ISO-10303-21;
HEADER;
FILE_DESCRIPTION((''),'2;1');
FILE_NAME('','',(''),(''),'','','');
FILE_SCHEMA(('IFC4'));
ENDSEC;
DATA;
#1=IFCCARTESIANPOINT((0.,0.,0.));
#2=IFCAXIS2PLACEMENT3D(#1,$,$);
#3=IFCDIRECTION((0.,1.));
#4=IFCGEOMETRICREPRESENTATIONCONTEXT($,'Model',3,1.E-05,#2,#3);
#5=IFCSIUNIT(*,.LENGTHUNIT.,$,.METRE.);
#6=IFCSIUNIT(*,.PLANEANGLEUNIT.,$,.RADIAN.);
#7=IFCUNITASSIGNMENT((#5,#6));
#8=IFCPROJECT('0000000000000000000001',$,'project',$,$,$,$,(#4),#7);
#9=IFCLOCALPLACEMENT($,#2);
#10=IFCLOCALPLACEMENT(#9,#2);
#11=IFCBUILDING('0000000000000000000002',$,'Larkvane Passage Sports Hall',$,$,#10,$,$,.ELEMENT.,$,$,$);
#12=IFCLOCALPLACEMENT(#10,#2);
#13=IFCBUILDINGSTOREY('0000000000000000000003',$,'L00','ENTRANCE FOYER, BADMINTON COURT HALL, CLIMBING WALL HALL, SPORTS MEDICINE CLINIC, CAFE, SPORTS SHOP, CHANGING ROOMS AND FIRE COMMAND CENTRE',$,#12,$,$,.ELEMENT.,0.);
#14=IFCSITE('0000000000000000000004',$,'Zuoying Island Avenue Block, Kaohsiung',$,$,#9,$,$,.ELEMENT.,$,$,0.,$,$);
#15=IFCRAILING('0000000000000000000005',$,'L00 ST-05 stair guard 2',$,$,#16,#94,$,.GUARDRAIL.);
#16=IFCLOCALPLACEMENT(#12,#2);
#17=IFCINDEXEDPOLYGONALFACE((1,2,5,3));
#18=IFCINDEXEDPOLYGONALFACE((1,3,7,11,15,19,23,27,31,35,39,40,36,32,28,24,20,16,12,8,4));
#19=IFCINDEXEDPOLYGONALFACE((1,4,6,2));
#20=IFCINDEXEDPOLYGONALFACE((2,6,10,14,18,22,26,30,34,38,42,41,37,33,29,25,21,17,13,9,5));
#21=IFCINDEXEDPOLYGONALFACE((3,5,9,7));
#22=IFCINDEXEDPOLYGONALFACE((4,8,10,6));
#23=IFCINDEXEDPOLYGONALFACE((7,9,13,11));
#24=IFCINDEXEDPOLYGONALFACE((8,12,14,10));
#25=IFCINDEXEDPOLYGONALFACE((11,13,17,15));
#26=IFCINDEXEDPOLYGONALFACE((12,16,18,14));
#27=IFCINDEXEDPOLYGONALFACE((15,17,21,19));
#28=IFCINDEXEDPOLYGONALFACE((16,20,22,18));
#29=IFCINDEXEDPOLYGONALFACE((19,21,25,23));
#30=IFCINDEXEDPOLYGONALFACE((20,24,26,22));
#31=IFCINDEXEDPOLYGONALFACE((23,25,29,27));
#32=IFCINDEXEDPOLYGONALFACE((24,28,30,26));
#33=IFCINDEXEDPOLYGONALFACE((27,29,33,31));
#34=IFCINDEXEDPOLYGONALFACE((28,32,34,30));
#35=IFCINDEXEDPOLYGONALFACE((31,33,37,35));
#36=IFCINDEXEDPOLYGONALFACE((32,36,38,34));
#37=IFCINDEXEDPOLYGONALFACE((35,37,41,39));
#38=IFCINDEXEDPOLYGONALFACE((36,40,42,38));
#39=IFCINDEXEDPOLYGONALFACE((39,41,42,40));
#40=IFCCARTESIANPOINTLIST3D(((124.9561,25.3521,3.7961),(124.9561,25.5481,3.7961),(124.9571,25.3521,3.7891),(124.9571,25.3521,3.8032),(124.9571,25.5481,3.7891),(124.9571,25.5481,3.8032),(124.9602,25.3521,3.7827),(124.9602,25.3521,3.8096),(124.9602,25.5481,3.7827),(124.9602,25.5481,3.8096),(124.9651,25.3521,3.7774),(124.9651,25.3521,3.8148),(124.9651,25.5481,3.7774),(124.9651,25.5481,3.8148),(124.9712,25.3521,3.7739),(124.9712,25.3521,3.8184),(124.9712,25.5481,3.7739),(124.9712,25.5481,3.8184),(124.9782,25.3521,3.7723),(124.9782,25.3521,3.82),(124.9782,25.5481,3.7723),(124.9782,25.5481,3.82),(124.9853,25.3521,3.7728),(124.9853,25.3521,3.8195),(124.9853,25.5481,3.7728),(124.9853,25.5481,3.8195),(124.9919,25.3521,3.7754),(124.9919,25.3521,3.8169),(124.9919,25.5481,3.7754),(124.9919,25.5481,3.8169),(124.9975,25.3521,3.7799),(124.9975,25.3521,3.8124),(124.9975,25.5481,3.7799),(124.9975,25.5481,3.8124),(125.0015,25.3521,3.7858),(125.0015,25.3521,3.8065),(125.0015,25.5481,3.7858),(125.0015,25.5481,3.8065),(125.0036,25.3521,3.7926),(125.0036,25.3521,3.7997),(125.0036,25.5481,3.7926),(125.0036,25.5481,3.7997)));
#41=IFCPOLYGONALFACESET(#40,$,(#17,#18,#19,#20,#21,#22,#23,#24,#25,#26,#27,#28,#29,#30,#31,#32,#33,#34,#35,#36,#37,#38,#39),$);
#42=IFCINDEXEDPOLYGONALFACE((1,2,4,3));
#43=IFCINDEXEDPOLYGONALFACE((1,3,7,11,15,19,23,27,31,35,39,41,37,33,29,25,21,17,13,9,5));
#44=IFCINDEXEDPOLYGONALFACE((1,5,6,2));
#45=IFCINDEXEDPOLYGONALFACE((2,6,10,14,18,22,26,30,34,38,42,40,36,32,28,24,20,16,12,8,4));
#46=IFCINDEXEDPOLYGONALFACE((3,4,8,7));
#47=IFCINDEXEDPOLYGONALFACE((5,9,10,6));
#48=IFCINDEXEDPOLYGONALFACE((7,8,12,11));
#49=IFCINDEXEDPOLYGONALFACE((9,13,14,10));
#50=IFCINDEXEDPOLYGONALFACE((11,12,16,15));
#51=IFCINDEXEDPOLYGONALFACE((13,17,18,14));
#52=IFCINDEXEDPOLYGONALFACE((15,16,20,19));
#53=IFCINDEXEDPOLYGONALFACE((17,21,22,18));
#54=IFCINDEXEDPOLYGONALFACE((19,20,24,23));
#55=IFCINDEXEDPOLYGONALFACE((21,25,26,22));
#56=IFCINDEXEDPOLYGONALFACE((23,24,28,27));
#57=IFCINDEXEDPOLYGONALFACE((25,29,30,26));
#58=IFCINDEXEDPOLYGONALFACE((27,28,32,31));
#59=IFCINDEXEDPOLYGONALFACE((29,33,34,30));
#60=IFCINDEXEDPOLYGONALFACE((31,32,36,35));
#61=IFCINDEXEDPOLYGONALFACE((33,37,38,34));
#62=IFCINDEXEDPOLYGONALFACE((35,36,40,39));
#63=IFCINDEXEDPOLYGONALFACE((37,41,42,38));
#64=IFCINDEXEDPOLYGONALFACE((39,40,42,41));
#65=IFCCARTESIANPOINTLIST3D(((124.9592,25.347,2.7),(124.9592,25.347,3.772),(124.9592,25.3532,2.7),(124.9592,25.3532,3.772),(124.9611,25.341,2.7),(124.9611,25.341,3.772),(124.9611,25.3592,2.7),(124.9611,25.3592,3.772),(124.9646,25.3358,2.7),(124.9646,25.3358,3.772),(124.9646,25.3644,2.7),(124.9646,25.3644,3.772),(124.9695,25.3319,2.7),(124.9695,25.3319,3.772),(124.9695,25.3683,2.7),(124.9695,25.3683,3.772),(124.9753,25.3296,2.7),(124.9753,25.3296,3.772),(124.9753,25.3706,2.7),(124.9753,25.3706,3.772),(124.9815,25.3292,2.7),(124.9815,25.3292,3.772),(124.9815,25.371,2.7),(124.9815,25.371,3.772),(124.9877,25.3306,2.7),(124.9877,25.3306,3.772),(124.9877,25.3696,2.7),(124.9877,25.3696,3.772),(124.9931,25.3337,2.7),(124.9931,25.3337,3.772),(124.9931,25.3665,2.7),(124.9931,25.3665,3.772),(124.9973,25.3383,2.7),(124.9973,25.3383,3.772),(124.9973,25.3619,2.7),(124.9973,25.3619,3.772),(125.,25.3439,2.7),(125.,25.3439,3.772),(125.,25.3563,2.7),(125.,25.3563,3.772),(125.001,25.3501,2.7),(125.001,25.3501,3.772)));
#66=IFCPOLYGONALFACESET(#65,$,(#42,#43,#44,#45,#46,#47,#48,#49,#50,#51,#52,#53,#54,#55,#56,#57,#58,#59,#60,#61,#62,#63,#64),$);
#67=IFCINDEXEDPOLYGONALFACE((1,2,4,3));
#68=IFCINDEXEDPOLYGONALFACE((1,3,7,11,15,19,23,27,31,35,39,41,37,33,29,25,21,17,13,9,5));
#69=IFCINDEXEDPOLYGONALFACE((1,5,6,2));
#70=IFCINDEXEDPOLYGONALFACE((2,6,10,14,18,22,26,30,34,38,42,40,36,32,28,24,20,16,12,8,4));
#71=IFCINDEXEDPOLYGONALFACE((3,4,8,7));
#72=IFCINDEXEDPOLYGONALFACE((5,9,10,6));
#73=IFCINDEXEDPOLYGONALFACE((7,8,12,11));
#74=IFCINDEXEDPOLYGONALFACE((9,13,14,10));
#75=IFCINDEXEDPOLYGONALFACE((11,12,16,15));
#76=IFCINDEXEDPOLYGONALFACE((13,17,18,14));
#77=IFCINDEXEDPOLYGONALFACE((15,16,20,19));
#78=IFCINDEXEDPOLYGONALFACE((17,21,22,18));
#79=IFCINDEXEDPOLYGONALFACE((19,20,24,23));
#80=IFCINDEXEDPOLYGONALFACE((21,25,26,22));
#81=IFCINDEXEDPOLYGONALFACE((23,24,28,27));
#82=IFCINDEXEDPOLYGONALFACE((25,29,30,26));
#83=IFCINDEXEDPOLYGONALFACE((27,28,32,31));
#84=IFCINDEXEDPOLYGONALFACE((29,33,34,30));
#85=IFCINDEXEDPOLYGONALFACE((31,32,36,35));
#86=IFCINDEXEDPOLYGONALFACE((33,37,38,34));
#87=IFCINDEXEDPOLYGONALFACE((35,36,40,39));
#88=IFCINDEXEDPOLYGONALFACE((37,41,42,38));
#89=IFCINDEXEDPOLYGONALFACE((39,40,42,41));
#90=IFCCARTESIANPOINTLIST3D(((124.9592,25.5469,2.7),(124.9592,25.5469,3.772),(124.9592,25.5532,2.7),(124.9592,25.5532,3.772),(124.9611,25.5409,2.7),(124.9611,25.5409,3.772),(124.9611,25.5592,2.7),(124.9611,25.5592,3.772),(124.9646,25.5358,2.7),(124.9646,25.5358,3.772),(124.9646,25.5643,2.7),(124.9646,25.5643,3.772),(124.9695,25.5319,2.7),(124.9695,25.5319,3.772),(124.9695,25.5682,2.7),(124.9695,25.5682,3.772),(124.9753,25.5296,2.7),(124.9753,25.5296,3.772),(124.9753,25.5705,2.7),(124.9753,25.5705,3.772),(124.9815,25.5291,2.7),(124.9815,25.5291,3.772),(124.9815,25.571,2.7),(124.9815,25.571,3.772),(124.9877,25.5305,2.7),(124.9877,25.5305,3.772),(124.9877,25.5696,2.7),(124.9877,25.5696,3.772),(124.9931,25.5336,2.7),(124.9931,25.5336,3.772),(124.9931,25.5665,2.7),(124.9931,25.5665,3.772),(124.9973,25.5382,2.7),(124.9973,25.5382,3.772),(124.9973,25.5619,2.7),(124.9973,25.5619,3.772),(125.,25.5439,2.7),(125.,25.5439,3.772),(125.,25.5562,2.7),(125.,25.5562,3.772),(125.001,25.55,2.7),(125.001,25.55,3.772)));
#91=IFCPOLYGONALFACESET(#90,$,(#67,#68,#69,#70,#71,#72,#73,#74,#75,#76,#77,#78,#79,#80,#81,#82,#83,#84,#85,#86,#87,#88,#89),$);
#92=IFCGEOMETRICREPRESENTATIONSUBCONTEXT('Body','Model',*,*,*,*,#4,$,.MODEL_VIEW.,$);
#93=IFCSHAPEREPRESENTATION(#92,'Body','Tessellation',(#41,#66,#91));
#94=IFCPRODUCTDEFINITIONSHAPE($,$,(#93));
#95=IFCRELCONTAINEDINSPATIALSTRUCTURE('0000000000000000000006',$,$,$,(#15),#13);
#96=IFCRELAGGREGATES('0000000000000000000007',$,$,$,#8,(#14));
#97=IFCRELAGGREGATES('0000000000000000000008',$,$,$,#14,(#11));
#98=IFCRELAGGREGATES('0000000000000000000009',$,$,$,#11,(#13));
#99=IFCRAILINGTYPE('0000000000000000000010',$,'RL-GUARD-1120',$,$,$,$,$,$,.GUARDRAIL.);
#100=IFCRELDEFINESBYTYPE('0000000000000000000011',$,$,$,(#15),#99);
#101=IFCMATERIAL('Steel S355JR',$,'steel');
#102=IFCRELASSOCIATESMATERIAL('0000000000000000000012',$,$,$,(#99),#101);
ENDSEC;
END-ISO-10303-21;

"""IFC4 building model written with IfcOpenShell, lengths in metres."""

from ifc_helpers import new_model, si_unit, direction, frame, origin, origin_2d, place, context, subcontext, project, spatial, circle, extrude, material, type_object, element, save


model = new_model("IFC4")

# Units and contexts
model_context = context("Model", 3, precision=1e-05, world=origin(), true_north=direction((0.0, 1.0)))
body_context = subcontext(model_context, "Body", "Model", "MODEL_VIEW")
ifc_project = project(units=[si_unit("LENGTHUNIT", "METRE"), si_unit("PLANEANGLEUNIT", "RADIAN")], contexts=[model_context])

# Site, building, storey
site_placement = place(None, origin())
site = spatial("IfcSite", under=ifc_project, at=site_placement, Name="Zuoying Island Avenue Block, Kaohsiung", CompositionType="ELEMENT", RefElevation=0.0)
building_placement = place(site_placement, origin())
building = spatial("IfcBuilding", under=site, at=building_placement, Name="Larkvane Passage Sports Hall", CompositionType="ELEMENT")
storey_placement = place(building_placement, origin())
storey = spatial("IfcBuildingStorey", under=building, at=storey_placement, Name="L00", Description="ENTRANCE FOYER, BADMINTON COURT HALL, CLIMBING WALL HALL, SPORTS MEDICINE CLINIC, CAFE, SPORTS SHOP, CHANGING ROOMS AND FIRE COMMAND CENTRE", CompositionType="ELEMENT", Elevation=0.0)

# Railing
ifc_material_1 = material(Name="Steel S355JR", Category="steel")
railing_type_1 = type_object("IfcRailingType", Name="RL-GUARD-1120", PredefinedType="GUARDRAIL", material=ifc_material_1)
railing_1_placement = place(storey_placement, frame((124.98, 25.3501, 2.7)))
element("IfcRailing", 1, at=railing_1_placement, inside=storey, type_object=railing_type_1, Name="L00 ST-05 stair guard 2", PredefinedType="GUARDRAIL", context=body_context, shape_type="SweptSolid", body=[
    extrude(circle(Radius=0.0239, at=origin_2d()), frame((0.0, 0.002, 1.0962), z_axis=(0.0, 1.0, 0.0), x_axis=(-1.0, 0.0, 0.0)), (0.0, 0.0, 1.0), 0.196),
    extrude(circle(Radius=0.021, at=origin_2d()), origin(), (0.0, 0.0, 1.0), 1.072),
    extrude(circle(Radius=0.021, at=origin_2d()), frame((0.0, 0.2, 0.0)), (0.0, 0.0, 1.0), 1.072),
])

save(model, "model.ifc")
